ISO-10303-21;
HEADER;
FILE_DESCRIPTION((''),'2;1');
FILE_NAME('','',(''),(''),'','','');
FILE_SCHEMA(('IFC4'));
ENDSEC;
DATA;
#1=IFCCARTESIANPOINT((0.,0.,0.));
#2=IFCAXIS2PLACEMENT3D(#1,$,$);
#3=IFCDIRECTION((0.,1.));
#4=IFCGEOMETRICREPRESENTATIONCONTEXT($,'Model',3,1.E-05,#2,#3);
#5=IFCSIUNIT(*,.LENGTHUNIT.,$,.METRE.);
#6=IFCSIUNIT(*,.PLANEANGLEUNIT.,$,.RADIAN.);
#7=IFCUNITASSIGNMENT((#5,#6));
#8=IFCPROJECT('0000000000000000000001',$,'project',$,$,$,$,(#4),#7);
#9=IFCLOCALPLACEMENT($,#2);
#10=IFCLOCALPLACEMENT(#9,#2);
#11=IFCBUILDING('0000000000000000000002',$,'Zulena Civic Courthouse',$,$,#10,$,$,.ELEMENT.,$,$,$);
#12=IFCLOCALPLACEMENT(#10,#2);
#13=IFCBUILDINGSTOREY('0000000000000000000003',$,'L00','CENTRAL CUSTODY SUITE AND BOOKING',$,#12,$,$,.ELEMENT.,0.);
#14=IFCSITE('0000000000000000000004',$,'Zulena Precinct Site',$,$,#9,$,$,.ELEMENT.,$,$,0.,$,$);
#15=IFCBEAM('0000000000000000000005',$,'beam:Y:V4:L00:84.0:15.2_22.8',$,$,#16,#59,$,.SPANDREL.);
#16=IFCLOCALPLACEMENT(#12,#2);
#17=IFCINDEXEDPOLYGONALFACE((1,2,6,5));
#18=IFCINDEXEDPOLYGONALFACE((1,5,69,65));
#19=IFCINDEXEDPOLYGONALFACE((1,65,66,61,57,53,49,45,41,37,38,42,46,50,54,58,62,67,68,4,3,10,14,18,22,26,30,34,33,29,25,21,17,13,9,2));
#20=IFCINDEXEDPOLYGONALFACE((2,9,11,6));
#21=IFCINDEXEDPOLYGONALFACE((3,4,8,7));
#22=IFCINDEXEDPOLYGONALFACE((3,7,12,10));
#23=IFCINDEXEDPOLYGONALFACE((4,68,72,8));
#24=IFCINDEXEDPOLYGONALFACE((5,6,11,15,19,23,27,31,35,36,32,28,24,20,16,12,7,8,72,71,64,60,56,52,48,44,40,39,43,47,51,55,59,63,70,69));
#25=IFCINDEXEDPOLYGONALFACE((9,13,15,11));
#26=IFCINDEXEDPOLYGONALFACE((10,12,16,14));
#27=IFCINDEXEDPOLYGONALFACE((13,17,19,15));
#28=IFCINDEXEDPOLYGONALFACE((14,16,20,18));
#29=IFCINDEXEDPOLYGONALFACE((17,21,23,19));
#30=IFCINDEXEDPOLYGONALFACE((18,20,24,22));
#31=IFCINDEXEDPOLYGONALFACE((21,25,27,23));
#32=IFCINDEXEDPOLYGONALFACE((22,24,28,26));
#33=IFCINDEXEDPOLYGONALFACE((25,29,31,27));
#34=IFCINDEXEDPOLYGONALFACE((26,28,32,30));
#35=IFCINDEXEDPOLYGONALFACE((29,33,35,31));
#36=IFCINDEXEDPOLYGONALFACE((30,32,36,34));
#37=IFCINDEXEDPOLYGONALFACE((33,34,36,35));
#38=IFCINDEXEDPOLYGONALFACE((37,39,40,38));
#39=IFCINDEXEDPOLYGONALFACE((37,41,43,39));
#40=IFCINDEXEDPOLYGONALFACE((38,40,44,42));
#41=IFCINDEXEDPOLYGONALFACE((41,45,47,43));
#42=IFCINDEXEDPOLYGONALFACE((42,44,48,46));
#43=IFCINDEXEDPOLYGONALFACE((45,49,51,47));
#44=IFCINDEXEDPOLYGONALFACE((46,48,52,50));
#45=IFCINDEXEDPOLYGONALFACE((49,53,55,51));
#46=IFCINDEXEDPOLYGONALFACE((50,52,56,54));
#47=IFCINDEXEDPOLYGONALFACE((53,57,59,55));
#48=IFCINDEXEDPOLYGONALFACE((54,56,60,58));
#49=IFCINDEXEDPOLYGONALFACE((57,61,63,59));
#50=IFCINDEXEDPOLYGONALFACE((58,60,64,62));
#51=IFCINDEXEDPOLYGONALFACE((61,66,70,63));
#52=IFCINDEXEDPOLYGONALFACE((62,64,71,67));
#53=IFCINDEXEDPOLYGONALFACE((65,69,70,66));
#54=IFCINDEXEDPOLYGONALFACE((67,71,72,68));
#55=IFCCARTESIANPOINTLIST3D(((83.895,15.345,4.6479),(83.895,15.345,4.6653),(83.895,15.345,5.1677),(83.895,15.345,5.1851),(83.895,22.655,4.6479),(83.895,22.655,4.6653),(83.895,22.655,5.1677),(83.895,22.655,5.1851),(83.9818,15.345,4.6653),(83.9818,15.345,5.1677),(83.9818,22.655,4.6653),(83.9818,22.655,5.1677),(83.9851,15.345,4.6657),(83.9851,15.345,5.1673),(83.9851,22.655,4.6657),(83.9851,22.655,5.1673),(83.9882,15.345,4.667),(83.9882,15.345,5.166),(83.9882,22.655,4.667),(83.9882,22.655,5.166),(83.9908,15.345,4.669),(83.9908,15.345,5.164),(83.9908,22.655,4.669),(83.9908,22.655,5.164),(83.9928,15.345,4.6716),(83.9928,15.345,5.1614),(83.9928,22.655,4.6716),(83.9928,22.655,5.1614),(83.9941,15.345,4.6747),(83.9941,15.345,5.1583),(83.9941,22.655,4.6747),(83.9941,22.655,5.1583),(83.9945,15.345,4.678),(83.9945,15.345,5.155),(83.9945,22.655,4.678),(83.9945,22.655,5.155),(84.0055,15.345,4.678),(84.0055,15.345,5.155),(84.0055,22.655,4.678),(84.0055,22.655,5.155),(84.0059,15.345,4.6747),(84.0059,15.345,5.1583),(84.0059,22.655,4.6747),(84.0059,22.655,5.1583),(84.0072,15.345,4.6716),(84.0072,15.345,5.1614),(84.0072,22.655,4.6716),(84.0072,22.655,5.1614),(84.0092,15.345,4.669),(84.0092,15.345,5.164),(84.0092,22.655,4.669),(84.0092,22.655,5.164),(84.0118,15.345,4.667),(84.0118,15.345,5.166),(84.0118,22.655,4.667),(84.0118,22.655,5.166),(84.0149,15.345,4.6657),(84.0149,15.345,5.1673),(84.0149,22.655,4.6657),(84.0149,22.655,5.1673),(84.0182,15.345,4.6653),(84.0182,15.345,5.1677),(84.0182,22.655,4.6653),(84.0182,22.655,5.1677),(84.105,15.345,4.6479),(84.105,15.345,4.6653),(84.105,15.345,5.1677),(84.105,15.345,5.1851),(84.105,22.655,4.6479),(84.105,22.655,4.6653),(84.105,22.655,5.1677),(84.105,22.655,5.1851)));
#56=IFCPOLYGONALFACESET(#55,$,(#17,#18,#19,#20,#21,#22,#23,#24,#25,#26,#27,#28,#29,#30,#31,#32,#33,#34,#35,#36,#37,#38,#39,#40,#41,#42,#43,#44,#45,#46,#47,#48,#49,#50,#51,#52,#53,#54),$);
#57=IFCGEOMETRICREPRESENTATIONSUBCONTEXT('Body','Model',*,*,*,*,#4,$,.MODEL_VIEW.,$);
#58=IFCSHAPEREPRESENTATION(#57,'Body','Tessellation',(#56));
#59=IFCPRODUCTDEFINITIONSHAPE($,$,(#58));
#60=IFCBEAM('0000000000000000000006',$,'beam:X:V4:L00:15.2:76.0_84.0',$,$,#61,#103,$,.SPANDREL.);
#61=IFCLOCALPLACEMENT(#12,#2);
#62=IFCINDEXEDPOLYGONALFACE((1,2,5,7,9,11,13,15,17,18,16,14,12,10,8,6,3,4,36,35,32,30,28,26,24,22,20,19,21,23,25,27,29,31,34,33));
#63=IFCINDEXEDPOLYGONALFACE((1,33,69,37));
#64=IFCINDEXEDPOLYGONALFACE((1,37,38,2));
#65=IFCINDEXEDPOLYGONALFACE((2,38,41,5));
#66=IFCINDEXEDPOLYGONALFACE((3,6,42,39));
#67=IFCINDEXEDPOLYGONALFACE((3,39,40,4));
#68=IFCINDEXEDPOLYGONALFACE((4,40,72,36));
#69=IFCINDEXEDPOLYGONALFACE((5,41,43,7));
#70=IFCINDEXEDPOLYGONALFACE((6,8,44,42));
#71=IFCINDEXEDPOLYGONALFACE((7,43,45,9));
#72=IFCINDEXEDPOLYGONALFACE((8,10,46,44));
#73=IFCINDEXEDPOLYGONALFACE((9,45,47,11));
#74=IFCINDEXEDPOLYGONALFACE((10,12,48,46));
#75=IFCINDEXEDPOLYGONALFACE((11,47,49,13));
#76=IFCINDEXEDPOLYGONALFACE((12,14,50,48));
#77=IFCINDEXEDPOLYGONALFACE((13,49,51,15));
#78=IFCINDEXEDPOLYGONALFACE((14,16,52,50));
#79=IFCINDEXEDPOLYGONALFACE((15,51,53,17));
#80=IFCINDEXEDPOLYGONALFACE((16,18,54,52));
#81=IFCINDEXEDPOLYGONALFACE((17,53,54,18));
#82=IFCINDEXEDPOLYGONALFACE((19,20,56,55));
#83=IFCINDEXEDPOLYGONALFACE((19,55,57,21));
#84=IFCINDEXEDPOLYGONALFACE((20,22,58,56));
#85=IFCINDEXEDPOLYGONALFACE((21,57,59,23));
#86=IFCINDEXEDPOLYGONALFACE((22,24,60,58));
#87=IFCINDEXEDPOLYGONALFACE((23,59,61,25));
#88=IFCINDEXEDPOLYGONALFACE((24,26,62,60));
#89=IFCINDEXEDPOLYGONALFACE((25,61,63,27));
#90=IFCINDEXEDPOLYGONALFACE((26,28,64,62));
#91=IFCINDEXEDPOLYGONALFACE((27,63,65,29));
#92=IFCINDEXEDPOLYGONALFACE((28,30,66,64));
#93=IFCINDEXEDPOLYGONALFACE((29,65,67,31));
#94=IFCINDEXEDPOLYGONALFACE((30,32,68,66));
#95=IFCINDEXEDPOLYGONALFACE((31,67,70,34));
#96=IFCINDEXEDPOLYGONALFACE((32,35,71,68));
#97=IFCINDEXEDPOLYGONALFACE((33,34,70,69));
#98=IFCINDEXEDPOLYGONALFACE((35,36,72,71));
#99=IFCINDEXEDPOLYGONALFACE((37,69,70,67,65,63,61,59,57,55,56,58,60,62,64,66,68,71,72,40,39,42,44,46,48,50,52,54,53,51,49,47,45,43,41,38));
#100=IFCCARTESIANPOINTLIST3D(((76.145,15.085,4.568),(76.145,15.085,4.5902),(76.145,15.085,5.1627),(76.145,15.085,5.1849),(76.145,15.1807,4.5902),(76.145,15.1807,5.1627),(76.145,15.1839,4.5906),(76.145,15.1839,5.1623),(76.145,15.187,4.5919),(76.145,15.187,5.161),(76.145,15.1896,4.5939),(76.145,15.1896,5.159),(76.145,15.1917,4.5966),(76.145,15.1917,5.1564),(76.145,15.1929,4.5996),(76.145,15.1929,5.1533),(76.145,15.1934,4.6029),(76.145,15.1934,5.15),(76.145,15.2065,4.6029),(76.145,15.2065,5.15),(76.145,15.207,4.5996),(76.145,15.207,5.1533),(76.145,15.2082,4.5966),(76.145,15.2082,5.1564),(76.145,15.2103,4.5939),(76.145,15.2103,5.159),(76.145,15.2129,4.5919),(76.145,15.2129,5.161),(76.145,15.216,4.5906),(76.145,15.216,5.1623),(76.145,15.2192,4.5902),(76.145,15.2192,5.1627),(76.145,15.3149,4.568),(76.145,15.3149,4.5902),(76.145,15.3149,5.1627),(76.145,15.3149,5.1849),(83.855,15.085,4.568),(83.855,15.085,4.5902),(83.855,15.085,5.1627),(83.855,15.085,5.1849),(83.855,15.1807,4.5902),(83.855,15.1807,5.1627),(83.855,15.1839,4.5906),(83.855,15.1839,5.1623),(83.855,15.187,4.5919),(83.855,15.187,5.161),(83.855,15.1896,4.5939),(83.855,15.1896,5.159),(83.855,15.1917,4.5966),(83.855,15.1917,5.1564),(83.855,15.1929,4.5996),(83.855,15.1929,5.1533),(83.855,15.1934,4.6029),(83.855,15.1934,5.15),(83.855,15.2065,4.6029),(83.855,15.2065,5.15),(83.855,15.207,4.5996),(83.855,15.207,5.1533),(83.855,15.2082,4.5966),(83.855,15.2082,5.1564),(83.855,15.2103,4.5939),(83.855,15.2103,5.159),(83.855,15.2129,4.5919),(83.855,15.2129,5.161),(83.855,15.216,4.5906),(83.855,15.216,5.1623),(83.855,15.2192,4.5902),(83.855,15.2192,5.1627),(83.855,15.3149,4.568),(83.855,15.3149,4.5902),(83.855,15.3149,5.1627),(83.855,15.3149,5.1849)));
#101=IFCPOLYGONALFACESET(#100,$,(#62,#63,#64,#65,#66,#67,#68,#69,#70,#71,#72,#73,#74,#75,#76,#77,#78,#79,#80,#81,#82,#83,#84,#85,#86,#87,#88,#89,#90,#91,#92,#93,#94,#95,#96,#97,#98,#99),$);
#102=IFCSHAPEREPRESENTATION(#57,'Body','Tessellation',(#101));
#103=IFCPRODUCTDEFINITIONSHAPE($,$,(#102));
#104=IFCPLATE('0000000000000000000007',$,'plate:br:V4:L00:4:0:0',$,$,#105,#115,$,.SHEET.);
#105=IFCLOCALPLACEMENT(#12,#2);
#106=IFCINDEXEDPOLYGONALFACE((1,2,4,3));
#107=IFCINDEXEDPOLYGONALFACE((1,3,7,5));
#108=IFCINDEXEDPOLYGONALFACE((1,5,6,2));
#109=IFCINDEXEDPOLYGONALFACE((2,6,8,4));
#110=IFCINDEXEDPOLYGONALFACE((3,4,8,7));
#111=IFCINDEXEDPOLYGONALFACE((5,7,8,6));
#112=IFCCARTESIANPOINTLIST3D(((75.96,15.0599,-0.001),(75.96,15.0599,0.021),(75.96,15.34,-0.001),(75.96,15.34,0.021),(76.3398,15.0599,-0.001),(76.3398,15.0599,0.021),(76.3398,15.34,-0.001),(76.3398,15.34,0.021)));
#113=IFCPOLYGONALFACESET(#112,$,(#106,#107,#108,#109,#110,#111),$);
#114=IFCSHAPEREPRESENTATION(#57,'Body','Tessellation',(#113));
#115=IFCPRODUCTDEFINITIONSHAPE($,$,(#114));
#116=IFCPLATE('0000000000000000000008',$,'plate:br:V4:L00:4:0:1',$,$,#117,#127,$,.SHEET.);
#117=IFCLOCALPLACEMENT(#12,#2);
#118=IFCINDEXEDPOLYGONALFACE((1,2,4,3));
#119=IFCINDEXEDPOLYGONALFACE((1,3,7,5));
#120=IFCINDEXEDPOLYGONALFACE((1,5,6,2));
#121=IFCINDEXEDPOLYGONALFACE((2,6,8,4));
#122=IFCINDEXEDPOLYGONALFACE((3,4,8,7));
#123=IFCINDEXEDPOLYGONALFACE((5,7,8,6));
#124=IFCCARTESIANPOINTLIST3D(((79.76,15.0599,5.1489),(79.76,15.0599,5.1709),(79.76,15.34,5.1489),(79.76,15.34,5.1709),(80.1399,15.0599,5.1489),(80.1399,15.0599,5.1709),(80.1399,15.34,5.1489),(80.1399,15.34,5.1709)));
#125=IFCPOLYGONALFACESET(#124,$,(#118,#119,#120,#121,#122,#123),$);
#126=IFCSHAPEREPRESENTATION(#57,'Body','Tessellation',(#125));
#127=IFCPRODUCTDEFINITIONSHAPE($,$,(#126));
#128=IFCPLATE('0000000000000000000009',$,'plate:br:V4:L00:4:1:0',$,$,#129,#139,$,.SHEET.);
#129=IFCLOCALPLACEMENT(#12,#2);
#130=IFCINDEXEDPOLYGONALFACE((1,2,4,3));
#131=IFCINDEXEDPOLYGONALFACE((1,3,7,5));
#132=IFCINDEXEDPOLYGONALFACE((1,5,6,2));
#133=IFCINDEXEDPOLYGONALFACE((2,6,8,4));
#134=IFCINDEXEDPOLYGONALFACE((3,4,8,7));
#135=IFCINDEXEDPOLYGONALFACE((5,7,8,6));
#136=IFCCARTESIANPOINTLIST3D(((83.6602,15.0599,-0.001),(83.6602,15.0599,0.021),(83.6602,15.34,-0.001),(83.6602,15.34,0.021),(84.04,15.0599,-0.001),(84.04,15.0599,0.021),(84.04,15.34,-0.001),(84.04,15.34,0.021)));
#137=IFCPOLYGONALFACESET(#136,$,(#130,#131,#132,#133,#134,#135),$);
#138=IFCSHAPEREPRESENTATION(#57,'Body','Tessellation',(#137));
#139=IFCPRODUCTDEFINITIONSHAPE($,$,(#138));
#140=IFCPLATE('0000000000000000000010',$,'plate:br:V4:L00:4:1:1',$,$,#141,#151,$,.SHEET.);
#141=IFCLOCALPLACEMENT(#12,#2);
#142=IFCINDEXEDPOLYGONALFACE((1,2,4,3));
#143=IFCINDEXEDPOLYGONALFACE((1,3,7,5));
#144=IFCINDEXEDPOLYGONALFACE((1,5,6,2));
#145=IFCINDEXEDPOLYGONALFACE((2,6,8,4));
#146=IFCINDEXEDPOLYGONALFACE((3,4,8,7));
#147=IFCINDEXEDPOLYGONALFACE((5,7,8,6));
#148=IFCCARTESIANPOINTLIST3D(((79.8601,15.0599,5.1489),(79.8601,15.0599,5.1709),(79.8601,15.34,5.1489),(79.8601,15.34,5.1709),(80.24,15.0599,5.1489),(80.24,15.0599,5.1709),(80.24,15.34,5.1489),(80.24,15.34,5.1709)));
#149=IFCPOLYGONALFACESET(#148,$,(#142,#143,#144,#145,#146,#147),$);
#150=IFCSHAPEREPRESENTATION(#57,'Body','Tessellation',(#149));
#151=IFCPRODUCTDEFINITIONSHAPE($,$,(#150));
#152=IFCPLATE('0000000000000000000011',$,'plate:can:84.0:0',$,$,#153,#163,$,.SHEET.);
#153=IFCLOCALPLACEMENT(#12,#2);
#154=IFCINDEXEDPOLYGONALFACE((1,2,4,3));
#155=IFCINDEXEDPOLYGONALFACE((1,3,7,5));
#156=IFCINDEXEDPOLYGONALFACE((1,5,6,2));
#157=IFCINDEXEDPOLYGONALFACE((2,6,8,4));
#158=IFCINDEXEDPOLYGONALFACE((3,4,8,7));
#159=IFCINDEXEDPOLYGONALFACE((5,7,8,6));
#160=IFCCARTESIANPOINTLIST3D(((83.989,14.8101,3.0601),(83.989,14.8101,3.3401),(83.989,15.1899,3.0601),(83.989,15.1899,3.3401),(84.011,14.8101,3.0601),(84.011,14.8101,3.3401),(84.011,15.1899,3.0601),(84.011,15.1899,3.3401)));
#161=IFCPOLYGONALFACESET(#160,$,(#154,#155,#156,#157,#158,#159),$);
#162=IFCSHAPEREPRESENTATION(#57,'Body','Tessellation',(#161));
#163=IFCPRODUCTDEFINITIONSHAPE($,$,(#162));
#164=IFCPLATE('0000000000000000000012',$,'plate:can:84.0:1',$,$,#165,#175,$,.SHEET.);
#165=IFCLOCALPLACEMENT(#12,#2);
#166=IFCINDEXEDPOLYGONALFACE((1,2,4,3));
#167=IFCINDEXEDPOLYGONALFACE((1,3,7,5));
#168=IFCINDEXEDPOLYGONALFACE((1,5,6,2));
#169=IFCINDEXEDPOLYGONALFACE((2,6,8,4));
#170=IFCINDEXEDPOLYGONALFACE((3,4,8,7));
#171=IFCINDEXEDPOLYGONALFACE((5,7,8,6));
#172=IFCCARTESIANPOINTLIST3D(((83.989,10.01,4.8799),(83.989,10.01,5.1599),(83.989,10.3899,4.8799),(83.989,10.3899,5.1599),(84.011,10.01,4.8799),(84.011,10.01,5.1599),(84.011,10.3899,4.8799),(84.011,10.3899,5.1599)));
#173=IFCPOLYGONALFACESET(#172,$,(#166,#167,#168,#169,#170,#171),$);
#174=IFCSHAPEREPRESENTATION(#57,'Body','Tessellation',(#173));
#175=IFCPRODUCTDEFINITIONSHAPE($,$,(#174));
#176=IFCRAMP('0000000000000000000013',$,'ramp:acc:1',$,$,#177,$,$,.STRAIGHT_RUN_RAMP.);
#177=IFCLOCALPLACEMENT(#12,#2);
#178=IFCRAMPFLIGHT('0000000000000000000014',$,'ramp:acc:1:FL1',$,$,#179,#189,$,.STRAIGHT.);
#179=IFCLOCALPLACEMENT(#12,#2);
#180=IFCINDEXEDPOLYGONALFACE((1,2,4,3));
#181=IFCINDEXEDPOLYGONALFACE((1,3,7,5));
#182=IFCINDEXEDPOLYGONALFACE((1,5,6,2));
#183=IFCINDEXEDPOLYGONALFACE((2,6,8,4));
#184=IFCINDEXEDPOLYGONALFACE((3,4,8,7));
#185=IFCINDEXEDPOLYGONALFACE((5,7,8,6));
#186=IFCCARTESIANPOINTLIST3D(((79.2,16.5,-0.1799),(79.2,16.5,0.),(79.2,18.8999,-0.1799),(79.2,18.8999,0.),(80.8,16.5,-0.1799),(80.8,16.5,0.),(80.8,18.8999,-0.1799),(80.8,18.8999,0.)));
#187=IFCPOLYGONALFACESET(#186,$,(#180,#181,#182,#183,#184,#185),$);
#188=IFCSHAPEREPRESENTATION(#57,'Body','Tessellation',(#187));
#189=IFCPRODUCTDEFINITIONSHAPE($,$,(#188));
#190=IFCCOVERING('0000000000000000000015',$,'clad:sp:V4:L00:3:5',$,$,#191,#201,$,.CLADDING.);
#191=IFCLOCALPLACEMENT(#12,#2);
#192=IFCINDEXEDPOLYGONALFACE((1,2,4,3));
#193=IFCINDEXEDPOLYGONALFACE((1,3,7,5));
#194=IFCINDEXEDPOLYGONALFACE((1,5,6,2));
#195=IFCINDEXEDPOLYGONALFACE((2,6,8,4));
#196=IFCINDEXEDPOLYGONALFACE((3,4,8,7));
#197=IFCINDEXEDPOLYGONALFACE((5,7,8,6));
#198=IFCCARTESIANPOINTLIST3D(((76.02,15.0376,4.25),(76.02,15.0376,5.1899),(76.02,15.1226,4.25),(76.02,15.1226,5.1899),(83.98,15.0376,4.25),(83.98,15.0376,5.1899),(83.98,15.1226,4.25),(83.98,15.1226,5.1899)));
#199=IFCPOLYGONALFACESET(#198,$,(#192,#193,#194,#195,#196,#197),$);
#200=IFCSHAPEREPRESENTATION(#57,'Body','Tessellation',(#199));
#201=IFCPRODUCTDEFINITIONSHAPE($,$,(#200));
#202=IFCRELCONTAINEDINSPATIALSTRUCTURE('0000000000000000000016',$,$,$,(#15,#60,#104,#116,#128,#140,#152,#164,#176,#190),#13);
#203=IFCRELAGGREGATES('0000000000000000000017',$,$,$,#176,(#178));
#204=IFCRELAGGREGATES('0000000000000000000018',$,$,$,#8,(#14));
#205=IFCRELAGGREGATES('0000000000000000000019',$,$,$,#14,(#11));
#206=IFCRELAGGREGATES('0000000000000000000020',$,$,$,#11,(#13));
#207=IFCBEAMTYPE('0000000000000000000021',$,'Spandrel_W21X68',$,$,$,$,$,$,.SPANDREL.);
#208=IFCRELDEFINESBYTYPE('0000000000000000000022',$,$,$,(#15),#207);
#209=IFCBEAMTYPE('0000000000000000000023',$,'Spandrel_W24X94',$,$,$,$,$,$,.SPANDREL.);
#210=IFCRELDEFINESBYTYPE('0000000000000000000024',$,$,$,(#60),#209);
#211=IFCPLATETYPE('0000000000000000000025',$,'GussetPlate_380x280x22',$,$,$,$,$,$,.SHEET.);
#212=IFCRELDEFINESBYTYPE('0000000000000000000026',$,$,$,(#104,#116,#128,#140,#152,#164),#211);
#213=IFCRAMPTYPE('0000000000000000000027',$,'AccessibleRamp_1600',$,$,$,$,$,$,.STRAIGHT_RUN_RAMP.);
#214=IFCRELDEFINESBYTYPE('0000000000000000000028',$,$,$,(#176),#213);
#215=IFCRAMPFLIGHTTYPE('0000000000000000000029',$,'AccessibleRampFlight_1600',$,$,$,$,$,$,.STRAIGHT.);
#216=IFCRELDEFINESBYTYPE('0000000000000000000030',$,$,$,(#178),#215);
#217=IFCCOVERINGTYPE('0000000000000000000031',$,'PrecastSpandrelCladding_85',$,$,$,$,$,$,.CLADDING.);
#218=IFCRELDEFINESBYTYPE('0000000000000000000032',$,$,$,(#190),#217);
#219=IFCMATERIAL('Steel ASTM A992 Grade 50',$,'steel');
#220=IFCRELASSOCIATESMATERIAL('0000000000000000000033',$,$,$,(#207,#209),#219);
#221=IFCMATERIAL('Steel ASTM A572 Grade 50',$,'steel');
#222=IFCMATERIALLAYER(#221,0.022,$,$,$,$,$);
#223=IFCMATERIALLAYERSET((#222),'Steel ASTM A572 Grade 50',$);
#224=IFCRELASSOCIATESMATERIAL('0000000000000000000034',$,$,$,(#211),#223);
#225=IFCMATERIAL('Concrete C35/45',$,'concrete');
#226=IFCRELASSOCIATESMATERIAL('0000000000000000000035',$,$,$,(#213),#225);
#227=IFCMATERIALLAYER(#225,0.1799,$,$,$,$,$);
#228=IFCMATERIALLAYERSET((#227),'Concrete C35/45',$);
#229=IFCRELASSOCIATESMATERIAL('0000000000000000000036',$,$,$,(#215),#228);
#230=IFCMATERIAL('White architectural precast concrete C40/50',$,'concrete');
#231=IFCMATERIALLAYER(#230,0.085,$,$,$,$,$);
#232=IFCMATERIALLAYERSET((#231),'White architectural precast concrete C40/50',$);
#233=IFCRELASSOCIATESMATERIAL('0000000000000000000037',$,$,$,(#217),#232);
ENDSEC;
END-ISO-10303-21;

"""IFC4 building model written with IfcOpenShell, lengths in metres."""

from ifc_helpers import new_model, si_unit, direction, frame, origin, origin_2d, place, context, subcontext, project, spatial, polyline, rectangle, i_section, outline, extrude, material, layer, layer_set, material_profile, profile_set, type_object, element, aggregate, save


model = new_model("IFC4")

# Units and contexts
model_context = context("Model", 3, precision=1e-05, world=origin(), true_north=direction((0.0, 1.0)))
body_context = subcontext(model_context, "Body", "Model", "MODEL_VIEW")
ifc_project = project(units=[si_unit("LENGTHUNIT", "METRE"), si_unit("PLANEANGLEUNIT", "RADIAN")], contexts=[model_context])

# Site, building, storey
site_placement = place(None, origin())
site = spatial("IfcSite", under=ifc_project, at=site_placement, Name="Zulena Precinct Site", CompositionType="ELEMENT", RefElevation=0.0)
building_placement = place(site_placement, origin())
building = spatial("IfcBuilding", under=site, at=building_placement, Name="Zulena Civic Courthouse", CompositionType="ELEMENT")
storey_placement = place(building_placement, origin())
storey = spatial("IfcBuildingStorey", under=building, at=storey_placement, Name="L00", Description="CENTRAL CUSTODY SUITE AND BOOKING", CompositionType="ELEMENT", Elevation=0.0)

# Shared definitions
ifc_material_1 = material(Name="Concrete C35/45", Category="concrete")

# Shared definitions
ifc_material_2 = material(Name="Steel ASTM A992 Grade 50", Category="steel")

# Beams
ifc_material_profile_1 = material_profile(ifc_material_2, i_section(OverallWidth=0.21, OverallDepth=0.5371, WebThickness=0.011, FlangeThickness=0.0173, FilletRadius=0.0127, at=origin_2d()), Name="W21X68")
ifc_profile_set_1 = profile_set([ifc_material_profile_1], Name="Steel ASTM A992 Grade 50")
beam_type_1 = type_object("IfcBeamType", Name="Spandrel_W21X68", PredefinedType="SPANDREL", material=ifc_profile_set_1)
beam_1_placement = place(storey_placement, frame((84.0, 15.345, 4.9165), z_axis=(0.0, 1.0, 0.0), x_axis=(-1.0, 0.0, 0.0)))
element("IfcBeam", 1, at=beam_1_placement, inside=storey, type_object=beam_type_1, Name="beam:Y:V4:L00:84.0:15.2_22.8", PredefinedType="SPANDREL", context=body_context, shape_type="SweptSolid", body=[
    extrude(i_section(OverallWidth=0.21, OverallDepth=0.5371, WebThickness=0.011, FlangeThickness=0.0173, FilletRadius=0.0127, at=origin_2d()), origin(), (0.0, 0.0, 1.0), 7.3101),
])
ifc_material_profile_2 = material_profile(ifc_material_2, i_section(OverallWidth=0.23, OverallDepth=0.6169, WebThickness=0.0132, FlangeThickness=0.0222, FilletRadius=0.0127, at=origin_2d()), Name="W24X94")
ifc_profile_set_2 = profile_set([ifc_material_profile_2], Name="Steel ASTM A992 Grade 50")
beam_type_2 = type_object("IfcBeamType", Name="Spandrel_W24X94", PredefinedType="SPANDREL", material=ifc_profile_set_2)
beam_2_placement = place(storey_placement, frame((76.145, 15.2, 4.8765), z_axis=(1.0, 0.0, 0.0), x_axis=(0.0, 1.0, 0.0)))
element("IfcBeam", 2, at=beam_2_placement, inside=storey, type_object=beam_type_2, Name="beam:X:V4:L00:15.2:76.0_84.0", PredefinedType="SPANDREL", context=body_context, shape_type="SweptSolid", body=[
    extrude(i_section(OverallWidth=0.23, OverallDepth=0.6169, WebThickness=0.0132, FlangeThickness=0.0222, FilletRadius=0.0127, at=origin_2d()), origin(), (0.0, 0.0, 1.0), 7.71),
])

# Plates
ifc_material_3 = material(Name="Steel ASTM A572 Grade 50", Category="steel")
ifc_layer_1 = layer(ifc_material_3, 0.022)
ifc_layer_set_1 = layer_set([ifc_layer_1], Name="Steel ASTM A572 Grade 50")
plate_type = type_object("IfcPlateType", Name="GussetPlate_380x280x22", PredefinedType="SHEET", material=ifc_layer_set_1)
for number, where, z_axis, x_axis, name in (
    (3, (76.1499, 15.2, -0.001), (0.0, 0.0, 1.0), (1.0, 0.0, 0.0), "plate:br:V4:L00:4:0:0"),
    (4, (79.95, 15.2, 5.1489), (0.0, 0.0, 1.0), (1.0, 0.0, 0.0), "plate:br:V4:L00:4:0:1"),
    (5, (83.8501, 15.2, -0.001), (0.0, 0.0, 1.0), (1.0, 0.0, 0.0), "plate:br:V4:L00:4:1:0"),
    (6, (80.05, 15.2, 5.1489), (0.0, 0.0, 1.0), (1.0, 0.0, 0.0), "plate:br:V4:L00:4:1:1"),
):
    element("IfcPlate", number, at=place(storey_placement, frame(where, z_axis=z_axis, x_axis=x_axis)), inside=storey, type_object=plate_type, Name=name, PredefinedType="SHEET", context=body_context, shape_type="SweptSolid", body=[
        extrude(rectangle(XDim=0.3799, YDim=0.28, at=origin_2d()), origin(), (0.0, 0.0, 1.0), 0.022),
    ])
for number, where, z_axis, x_axis, name in (
    (7, (84.0, 15.0, 3.0601), (0.0, 0.0, 1.0), (1.0, 0.0, 0.0), "plate:can:84.0:0"),
    (8, (84.0, 10.2, 4.8799), (0.0, 0.0, 1.0), (1.0, 0.0, 0.0), "plate:can:84.0:1"),
):
    element("IfcPlate", number, at=place(storey_placement, frame(where, z_axis=z_axis, x_axis=x_axis)), inside=storey, type_object=plate_type, Name=name, PredefinedType="SHEET", context=body_context, shape_type="SweptSolid", body=[
        extrude(rectangle(XDim=0.022, YDim=0.3799, at=origin_2d()), origin(), (0.0, 0.0, 1.0), 0.28),
    ])

# Ramp, ramp flight
ramp_type = type_object("IfcRampType", Name="AccessibleRamp_1600", PredefinedType="STRAIGHT_RUN_RAMP", material=ifc_material_1)
ramp_placement = place(storey_placement, origin())
ramp = element("IfcRamp", 9, at=ramp_placement, inside=storey, type_object=ramp_type, Name="ramp:acc:1", PredefinedType="STRAIGHT_RUN_RAMP")
ifc_layer_2 = layer(ifc_material_1, 0.1799)
ifc_layer_set_2 = layer_set([ifc_layer_2], Name="Concrete C35/45")
ramp_flight_type = type_object("IfcRampFlightType", Name="AccessibleRampFlight_1600", PredefinedType="STRAIGHT", material=ifc_layer_set_2)
ramp_flight_placement = place(storey_placement, frame((80.0, 16.5, 0.0), z_axis=(0.0, 0.0, 1.0), x_axis=(0.0, 1.0, 0.0)))
ramp_flight = element("IfcRampFlight", 10, at=ramp_flight_placement, type_object=ramp_flight_type, Name="ramp:acc:1:FL1", PredefinedType="STRAIGHT", context=body_context, shape_type="SweptSolid", body=[
    extrude(outline(polyline([(0.0, 0.0), (2.3999, 0.0), (2.3999, -0.1799), (0.0, -0.1799), (0.0, 0.0)])), frame((0.0, 0.8, 0.0), z_axis=(0.0, -1.0, 0.0), x_axis=(1.0, 0.0, 0.0)), (0.0, 0.0, 1.0), 1.6001),
])
aggregate(ramp, [ramp_flight])

# Covering
ifc_material_4 = material(Name="White architectural precast concrete C40/50", Category="concrete")
ifc_layer_3 = layer(ifc_material_4, 0.085)
ifc_layer_set_3 = layer_set([ifc_layer_3], Name="White architectural precast concrete C40/50")
covering_type = type_object("IfcCoveringType", Name="PrecastSpandrelCladding_85", PredefinedType="CLADDING", material=ifc_layer_set_3)
covering_placement = place(storey_placement, frame((80.0, 15.0801, 4.25), z_axis=(0.0, 0.0, 1.0), x_axis=(-1.0, 0.0, 0.0)))
element("IfcCovering", 11, at=covering_placement, inside=storey, type_object=covering_type, Name="clad:sp:V4:L00:3:5", PredefinedType="CLADDING", context=body_context, shape_type="SweptSolid", body=[
    extrude(rectangle(XDim=7.96, YDim=0.085, at=origin_2d()), origin(), (0.0, 0.0, 1.0), 0.9399),
])

save(model, "model.ifc")
